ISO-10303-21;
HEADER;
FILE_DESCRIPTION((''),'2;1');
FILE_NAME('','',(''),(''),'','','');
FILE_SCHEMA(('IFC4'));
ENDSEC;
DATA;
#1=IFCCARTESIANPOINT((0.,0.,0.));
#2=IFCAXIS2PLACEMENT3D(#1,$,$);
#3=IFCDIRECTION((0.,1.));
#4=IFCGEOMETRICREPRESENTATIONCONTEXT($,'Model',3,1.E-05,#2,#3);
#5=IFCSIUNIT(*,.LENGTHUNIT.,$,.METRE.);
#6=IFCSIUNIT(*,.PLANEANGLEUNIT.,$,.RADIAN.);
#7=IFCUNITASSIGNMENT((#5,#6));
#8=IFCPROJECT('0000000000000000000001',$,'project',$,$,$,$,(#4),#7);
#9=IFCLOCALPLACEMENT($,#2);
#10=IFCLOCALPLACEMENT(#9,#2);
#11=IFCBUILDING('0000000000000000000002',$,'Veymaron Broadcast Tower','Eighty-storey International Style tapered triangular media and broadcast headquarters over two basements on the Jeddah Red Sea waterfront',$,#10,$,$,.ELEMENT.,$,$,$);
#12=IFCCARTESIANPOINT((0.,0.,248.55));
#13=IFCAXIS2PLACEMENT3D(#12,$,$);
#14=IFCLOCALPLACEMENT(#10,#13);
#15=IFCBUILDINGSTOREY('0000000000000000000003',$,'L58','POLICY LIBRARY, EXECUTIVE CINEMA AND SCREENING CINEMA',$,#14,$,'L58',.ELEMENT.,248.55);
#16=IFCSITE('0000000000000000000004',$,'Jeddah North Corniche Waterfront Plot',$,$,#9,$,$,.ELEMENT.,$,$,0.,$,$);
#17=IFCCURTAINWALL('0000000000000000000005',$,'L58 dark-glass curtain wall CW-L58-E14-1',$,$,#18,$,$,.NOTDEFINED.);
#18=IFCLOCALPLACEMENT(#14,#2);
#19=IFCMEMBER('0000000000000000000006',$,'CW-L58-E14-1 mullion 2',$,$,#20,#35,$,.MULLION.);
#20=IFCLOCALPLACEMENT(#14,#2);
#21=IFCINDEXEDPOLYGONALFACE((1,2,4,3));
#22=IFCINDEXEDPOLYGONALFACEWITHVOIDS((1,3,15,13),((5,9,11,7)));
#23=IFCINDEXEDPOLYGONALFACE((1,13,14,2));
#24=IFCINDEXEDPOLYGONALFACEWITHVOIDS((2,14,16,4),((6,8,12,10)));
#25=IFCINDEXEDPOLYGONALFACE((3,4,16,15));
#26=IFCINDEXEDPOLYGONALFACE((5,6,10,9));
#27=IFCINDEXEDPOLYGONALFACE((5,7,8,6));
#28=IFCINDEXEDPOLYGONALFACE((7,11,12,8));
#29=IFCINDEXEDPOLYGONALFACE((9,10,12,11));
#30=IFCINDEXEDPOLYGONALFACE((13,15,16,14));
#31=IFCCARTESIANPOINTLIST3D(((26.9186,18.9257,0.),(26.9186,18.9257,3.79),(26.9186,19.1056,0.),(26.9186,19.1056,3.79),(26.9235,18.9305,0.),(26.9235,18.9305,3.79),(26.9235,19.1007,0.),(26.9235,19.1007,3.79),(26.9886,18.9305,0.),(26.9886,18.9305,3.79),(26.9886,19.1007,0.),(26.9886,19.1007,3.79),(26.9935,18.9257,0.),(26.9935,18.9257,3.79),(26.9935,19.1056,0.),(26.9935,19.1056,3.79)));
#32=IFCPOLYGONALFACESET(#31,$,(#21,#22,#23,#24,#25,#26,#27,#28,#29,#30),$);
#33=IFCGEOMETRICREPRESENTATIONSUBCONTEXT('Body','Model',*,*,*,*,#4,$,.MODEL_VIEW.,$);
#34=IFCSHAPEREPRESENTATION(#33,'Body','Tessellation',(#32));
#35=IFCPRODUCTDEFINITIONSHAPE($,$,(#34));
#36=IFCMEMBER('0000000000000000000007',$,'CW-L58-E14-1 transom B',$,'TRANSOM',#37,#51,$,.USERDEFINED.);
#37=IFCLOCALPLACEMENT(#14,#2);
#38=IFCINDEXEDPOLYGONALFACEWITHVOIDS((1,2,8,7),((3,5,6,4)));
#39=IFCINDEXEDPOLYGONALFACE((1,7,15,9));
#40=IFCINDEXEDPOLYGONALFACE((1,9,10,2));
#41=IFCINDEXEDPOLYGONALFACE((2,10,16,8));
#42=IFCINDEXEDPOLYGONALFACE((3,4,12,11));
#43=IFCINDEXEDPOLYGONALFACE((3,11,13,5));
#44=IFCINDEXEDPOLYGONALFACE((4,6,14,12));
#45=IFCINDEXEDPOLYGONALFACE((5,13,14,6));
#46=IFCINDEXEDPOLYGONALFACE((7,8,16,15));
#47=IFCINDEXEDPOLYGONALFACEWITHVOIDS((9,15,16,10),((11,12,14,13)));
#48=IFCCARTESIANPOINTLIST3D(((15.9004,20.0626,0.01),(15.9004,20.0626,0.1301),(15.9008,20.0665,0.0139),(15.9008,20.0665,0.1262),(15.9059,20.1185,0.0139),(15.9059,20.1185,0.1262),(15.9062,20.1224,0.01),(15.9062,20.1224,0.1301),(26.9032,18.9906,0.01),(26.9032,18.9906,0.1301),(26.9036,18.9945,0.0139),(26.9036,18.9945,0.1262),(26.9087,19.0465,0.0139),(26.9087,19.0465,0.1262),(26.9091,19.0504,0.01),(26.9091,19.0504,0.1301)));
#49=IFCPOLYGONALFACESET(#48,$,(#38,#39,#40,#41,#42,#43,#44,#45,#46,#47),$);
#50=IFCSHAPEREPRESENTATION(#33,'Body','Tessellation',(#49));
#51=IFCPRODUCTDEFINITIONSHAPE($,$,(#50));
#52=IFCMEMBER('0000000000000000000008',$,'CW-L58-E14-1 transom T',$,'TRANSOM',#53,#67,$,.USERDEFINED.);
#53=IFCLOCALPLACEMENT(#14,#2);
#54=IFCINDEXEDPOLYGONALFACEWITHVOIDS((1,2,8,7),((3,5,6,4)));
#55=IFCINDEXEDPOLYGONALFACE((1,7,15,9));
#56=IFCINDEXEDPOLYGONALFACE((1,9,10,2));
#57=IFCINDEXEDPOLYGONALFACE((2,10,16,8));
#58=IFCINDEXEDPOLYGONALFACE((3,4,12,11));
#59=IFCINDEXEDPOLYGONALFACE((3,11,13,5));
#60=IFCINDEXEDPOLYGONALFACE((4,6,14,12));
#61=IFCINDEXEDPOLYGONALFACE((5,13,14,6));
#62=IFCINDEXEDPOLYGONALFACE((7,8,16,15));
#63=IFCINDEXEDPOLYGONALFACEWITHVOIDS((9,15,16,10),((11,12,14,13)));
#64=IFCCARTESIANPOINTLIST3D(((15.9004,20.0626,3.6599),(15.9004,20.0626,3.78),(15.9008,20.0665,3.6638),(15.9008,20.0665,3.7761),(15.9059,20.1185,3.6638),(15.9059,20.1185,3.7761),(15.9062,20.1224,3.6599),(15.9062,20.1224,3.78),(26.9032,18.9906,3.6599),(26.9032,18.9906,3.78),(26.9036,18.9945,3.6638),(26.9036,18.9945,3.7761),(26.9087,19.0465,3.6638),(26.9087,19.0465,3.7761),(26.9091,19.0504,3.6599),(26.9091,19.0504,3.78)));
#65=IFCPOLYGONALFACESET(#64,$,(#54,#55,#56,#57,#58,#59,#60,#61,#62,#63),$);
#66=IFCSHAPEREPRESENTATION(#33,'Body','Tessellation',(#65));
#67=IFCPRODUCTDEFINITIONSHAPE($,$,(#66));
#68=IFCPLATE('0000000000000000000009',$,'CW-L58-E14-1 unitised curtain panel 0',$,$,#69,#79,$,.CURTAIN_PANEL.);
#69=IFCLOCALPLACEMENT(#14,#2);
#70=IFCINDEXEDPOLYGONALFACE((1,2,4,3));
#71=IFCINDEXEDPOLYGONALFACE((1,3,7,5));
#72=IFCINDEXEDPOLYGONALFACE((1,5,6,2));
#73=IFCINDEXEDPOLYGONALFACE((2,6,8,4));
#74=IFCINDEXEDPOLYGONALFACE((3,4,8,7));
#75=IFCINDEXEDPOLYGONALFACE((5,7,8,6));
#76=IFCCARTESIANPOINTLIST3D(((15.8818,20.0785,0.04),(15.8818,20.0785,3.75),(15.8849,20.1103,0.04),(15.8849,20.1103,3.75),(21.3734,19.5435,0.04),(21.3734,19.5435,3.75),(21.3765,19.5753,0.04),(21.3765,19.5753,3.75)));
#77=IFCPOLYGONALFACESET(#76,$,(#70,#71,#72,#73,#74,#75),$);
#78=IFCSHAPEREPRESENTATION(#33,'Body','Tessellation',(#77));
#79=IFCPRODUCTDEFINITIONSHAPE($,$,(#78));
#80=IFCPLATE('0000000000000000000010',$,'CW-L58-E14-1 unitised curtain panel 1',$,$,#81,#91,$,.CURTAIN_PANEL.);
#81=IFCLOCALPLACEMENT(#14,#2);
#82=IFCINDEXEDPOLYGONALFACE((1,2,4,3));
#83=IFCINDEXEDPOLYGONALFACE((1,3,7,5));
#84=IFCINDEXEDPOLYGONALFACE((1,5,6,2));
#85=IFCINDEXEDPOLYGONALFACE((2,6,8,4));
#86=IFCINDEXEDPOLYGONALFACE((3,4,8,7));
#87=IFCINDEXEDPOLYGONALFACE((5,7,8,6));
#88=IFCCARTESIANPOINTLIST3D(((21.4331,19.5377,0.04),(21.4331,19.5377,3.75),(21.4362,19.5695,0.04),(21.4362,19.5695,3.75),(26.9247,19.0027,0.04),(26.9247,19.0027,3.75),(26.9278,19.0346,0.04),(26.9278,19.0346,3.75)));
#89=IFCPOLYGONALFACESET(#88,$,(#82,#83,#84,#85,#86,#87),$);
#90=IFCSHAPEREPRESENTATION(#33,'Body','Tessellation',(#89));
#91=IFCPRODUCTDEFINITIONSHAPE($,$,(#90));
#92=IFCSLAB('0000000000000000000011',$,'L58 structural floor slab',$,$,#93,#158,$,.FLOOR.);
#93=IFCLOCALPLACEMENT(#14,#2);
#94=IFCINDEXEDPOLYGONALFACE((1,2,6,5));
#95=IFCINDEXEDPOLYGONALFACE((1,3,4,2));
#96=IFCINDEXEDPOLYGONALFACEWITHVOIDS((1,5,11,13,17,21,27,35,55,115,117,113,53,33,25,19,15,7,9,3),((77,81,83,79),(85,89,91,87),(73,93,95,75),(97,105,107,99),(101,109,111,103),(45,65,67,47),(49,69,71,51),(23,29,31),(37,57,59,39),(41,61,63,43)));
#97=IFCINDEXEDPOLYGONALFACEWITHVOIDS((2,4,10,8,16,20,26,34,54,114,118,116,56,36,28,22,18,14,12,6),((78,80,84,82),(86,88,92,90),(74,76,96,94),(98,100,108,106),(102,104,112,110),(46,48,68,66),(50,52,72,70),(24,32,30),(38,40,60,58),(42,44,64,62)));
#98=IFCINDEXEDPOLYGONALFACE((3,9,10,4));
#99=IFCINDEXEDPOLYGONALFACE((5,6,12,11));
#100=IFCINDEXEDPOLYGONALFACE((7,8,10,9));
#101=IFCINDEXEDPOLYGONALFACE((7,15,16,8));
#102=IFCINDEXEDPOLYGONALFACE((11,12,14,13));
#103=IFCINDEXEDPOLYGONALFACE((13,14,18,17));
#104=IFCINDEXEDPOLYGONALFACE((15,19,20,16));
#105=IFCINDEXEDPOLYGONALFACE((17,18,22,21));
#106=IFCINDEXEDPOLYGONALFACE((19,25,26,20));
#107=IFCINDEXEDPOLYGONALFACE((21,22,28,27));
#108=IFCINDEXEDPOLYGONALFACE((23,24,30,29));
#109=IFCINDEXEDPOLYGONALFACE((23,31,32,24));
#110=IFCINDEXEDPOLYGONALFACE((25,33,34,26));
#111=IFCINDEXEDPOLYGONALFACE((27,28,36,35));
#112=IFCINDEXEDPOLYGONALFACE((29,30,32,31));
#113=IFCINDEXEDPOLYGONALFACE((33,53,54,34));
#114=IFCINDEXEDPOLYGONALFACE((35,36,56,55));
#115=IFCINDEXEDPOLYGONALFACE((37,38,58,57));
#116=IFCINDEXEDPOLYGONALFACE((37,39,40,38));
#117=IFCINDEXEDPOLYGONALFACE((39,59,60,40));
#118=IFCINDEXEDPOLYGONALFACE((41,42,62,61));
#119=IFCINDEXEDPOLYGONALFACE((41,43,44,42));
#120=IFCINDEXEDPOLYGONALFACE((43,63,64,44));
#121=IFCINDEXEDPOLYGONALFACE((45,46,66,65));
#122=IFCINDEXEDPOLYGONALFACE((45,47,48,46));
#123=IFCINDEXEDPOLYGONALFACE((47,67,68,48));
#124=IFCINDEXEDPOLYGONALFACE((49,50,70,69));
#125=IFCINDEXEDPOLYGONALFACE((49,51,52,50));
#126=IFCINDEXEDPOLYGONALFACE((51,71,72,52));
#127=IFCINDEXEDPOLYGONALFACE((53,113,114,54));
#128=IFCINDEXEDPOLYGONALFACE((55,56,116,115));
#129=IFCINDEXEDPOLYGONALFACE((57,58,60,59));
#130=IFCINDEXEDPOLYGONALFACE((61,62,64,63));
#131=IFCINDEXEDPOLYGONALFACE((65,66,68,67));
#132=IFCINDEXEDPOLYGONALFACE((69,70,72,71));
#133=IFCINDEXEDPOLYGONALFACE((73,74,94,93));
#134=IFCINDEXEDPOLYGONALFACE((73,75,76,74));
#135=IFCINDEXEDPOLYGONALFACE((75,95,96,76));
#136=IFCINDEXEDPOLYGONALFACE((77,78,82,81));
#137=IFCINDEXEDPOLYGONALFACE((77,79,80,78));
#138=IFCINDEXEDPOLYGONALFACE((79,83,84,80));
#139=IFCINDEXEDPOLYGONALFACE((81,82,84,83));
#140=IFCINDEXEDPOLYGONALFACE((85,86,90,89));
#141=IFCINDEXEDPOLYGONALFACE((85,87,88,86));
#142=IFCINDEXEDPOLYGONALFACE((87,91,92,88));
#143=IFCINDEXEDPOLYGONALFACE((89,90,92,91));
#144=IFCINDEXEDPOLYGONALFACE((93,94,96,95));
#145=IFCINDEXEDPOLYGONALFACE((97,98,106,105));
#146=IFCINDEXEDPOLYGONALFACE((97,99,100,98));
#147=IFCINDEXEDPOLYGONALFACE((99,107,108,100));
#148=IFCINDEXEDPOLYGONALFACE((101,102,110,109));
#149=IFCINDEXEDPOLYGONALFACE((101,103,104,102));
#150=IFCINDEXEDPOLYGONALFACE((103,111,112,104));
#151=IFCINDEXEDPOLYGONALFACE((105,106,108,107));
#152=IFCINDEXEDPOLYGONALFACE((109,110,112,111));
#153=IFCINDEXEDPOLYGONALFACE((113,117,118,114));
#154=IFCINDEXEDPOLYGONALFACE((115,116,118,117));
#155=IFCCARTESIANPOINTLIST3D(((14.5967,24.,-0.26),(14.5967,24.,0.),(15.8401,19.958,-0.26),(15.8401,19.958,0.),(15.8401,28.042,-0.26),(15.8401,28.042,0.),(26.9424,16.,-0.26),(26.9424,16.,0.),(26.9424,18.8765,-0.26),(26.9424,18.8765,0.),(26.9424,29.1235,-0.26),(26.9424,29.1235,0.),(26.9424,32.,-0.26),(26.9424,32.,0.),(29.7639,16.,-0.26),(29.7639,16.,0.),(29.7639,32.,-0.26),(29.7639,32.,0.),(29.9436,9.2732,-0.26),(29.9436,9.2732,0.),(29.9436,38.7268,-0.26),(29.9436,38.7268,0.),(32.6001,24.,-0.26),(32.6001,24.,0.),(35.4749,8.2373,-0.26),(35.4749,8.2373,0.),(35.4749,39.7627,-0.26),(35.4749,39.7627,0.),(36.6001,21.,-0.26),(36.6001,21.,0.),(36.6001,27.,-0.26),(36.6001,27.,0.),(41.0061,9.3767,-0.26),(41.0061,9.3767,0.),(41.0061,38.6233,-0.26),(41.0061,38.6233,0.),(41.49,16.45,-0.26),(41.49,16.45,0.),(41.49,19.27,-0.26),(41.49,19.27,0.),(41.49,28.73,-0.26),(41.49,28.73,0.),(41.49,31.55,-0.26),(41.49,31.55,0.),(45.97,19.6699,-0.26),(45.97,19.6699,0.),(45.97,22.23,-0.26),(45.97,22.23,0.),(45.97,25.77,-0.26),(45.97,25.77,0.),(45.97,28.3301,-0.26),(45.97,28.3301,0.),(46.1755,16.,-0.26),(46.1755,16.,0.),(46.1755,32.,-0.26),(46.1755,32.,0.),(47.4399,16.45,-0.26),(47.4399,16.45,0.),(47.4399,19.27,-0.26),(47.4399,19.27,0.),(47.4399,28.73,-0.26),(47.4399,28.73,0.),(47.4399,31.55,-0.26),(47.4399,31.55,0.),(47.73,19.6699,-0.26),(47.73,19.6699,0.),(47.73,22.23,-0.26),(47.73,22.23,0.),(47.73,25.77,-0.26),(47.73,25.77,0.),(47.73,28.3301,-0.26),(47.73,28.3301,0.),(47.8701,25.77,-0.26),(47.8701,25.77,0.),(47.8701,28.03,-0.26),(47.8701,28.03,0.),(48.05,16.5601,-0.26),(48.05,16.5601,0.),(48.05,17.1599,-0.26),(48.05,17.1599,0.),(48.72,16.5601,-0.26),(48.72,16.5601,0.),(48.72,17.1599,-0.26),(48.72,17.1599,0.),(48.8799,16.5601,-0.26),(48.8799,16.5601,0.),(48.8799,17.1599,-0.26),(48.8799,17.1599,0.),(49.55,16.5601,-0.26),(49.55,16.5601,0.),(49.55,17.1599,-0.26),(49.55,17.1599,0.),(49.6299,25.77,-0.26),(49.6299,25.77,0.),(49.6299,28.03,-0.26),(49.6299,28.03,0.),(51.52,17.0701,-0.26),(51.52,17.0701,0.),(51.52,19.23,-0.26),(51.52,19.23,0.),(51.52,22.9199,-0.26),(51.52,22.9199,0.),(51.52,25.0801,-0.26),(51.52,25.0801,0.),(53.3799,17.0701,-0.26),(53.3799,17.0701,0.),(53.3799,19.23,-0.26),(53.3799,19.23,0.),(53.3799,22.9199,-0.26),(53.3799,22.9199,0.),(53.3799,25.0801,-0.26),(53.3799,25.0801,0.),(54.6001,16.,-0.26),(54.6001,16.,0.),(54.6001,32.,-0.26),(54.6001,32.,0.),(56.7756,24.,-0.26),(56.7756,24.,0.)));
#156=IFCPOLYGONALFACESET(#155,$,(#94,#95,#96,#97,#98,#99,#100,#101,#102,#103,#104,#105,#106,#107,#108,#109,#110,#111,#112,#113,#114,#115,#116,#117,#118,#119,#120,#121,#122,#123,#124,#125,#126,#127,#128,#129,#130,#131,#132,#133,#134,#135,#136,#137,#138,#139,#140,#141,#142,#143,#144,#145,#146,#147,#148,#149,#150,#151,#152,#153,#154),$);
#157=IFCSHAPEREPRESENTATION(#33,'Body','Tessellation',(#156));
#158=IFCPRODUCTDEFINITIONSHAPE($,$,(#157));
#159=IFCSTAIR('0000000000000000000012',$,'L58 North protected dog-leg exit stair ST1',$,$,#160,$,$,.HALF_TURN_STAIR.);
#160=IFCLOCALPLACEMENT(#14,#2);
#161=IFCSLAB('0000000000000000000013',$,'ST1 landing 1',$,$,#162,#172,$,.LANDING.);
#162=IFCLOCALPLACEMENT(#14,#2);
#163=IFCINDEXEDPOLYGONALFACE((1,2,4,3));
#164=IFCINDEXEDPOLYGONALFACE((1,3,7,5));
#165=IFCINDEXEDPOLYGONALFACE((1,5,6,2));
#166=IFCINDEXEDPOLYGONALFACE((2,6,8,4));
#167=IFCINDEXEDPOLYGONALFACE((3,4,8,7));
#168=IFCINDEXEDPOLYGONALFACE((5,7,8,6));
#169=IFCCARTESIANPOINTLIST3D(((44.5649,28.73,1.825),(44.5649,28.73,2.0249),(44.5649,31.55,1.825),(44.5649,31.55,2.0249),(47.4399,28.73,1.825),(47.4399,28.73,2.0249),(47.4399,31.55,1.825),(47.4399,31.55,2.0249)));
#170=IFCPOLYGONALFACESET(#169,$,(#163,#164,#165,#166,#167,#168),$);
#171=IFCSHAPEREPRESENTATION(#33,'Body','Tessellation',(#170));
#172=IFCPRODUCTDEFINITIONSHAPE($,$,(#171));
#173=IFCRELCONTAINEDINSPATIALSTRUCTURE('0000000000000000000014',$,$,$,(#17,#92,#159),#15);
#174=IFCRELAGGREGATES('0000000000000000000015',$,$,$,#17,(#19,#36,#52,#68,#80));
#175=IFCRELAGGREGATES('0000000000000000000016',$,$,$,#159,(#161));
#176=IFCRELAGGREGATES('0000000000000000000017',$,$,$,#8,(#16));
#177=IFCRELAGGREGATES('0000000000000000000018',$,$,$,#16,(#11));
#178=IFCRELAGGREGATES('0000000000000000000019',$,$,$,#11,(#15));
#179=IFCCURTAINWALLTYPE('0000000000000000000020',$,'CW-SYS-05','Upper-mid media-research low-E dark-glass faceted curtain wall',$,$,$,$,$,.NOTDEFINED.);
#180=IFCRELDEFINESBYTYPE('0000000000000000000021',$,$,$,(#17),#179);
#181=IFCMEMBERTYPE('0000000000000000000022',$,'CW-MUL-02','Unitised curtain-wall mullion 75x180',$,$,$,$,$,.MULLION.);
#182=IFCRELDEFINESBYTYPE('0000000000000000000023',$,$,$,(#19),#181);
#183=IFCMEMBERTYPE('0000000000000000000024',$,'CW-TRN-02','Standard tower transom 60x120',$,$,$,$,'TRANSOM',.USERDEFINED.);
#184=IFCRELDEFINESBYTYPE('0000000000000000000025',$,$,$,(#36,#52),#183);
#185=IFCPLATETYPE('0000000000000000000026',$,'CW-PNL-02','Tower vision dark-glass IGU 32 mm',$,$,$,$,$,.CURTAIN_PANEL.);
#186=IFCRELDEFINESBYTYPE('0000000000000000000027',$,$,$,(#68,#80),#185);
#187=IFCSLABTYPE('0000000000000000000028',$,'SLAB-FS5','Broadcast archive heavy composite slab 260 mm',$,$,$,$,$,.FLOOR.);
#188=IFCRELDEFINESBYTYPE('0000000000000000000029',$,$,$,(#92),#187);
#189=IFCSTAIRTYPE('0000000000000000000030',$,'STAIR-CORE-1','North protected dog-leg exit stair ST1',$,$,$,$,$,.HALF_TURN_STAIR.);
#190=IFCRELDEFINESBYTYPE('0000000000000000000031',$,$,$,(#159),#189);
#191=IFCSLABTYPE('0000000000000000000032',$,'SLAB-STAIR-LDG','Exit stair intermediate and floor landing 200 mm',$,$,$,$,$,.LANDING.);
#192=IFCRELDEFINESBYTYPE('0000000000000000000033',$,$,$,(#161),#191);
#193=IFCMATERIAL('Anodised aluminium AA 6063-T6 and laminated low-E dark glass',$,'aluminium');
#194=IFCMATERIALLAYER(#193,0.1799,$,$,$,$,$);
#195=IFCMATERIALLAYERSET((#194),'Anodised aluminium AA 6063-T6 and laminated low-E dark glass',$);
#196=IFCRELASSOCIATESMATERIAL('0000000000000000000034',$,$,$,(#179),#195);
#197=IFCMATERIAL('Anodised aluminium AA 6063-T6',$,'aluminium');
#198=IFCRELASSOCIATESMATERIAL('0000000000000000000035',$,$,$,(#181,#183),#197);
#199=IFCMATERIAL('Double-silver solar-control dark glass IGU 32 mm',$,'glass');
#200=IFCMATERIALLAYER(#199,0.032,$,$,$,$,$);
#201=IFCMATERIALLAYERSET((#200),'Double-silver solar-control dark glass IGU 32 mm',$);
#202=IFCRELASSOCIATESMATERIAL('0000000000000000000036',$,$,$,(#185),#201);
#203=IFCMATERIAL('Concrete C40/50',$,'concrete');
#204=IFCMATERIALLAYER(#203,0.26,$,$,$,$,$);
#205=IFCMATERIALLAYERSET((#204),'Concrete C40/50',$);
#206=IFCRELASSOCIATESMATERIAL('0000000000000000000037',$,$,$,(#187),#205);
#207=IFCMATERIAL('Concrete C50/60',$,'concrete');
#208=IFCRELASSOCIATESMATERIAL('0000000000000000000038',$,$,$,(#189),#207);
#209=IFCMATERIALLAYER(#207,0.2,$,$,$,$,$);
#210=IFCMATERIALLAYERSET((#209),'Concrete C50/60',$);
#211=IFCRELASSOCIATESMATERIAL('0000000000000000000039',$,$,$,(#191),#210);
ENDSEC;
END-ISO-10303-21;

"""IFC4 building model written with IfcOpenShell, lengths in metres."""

from ifc_helpers import new_model, si_unit, direction, frame, origin, origin_2d, place, context, subcontext, project, spatial, polyline, rectangle, hollow_rectangle, outline, extrude, material, layer, layer_set, material_profile, profile_set, type_object, element, aggregate, save


model = new_model("IFC4")

# Units and contexts
model_context = context("Model", 3, precision=1e-05, world=origin(), true_north=direction((0.0, 1.0)))
body_context = subcontext(model_context, "Body", "Model", "MODEL_VIEW")
ifc_project = project(units=[si_unit("LENGTHUNIT", "METRE"), si_unit("PLANEANGLEUNIT", "RADIAN")], contexts=[model_context])

# Site, building, storey
site_placement = place(None, origin())
site = spatial("IfcSite", under=ifc_project, at=site_placement, Name="Jeddah North Corniche Waterfront Plot", CompositionType="ELEMENT", RefElevation=0.0)
building_placement = place(site_placement, origin())
building = spatial("IfcBuilding", under=site, at=building_placement, Name="Veymaron Broadcast Tower", Description="Eighty-storey International Style tapered triangular media and broadcast headquarters over two basements on the Jeddah Red Sea waterfront", CompositionType="ELEMENT")
storey_placement = place(building_placement, frame((0.0, 0.0, 248.55)))
storey = spatial("IfcBuildingStorey", under=building, at=storey_placement, Name="L58", Description="POLICY LIBRARY, EXECUTIVE CINEMA AND SCREENING CINEMA", LongName="L58", CompositionType="ELEMENT", Elevation=248.55)

# Curtain wall, members, plates
ifc_material_1 = material(Name="Anodised aluminium AA 6063-T6 and laminated low-E dark glass", Category="aluminium")
ifc_layer_1 = layer(ifc_material_1, 0.1799)
ifc_layer_set_1 = layer_set([ifc_layer_1], Name="Anodised aluminium AA 6063-T6 and laminated low-E dark glass")
curtain_wall_type = type_object("IfcCurtainWallType", Name="CW-SYS-05", Description="Upper-mid media-research low-E dark-glass faceted curtain wall", PredefinedType="NOTDEFINED", material=ifc_layer_set_1)
curtain_wall_placement = place(storey_placement, origin())
curtain_wall = element("IfcCurtainWall", 1, at=curtain_wall_placement, inside=storey, type_object=curtain_wall_type, Name="L58 dark-glass curtain wall CW-L58-E14-1", PredefinedType="NOTDEFINED")
ifc_material_2 = material(Name="Anodised aluminium AA 6063-T6", Category="aluminium")
ifc_material_profile_1 = material_profile(ifc_material_2, hollow_rectangle(XDim=0.075, YDim=0.1799, WallThickness=0.0049, at=origin_2d()), Name="AL180X75X5")
ifc_profile_set_1 = profile_set([ifc_material_profile_1], Name="Anodised aluminium AA 6063-T6")
member_type_1 = type_object("IfcMemberType", Name="CW-MUL-02", Description="Unitised curtain-wall mullion 75x180", PredefinedType="MULLION", material=ifc_profile_set_1)
member_1_placement = place(storey_placement, frame((26.9561, 19.0156, 0.0), z_axis=(0.0, 0.0, 1.0), x_axis=(1.0, 0.0, 0.0)))
member_1 = element("IfcMember", 2, at=member_1_placement, type_object=member_type_1, Name="CW-L58-E14-1 mullion 2", PredefinedType="MULLION", context=body_context, shape_type="SweptSolid", body=[
    extrude(hollow_rectangle(XDim=0.075, YDim=0.1799, WallThickness=0.0049, at=origin_2d()), origin(), (0.0, 0.0, 1.0), 3.79),
])
ifc_material_profile_2 = material_profile(ifc_material_2, hollow_rectangle(XDim=0.0601, YDim=0.1201, WallThickness=0.0039, at=origin_2d()), Name="AL120X60X4")
ifc_profile_set_2 = profile_set([ifc_material_profile_2], Name="Anodised aluminium AA 6063-T6")
member_type_2 = type_object("IfcMemberType", Name="CW-TRN-02", Description="Standard tower transom 60x120", ElementType="TRANSOM", PredefinedType="USERDEFINED", material=ifc_profile_set_2)
member_2_placement = place(storey_placement, frame((15.9033, 20.0925, 0.0701), z_axis=(0.995287, -0.096971, 0.0), x_axis=(0.096971, 0.995287, 0.0)))
member_2 = element("IfcMember", 3, at=member_2_placement, type_object=member_type_2, Name="CW-L58-E14-1 transom B", ObjectType="TRANSOM", PredefinedType="USERDEFINED", context=body_context, shape_type="SweptSolid", body=[
    extrude(hollow_rectangle(XDim=0.0601, YDim=0.1201, WallThickness=0.0039, at=origin_2d()), origin(), (0.0, 0.0, 1.0), 11.0549),
])
member_3_placement = place(storey_placement, frame((15.9033, 20.0925, 3.72), z_axis=(0.995287, -0.096971, 0.0), x_axis=(0.096971, 0.995287, 0.0)))
member_3 = element("IfcMember", 4, at=member_3_placement, type_object=member_type_2, Name="CW-L58-E14-1 transom T", ObjectType="TRANSOM", PredefinedType="USERDEFINED", context=body_context, shape_type="SweptSolid", body=[
    extrude(hollow_rectangle(XDim=0.0601, YDim=0.1201, WallThickness=0.0039, at=origin_2d()), origin(), (0.0, 0.0, 1.0), 11.0549),
])
ifc_material_3 = material(Name="Double-silver solar-control dark glass IGU 32 mm", Category="glass")
ifc_layer_2 = layer(ifc_material_3, 0.032)
ifc_layer_set_2 = layer_set([ifc_layer_2], Name="Double-silver solar-control dark glass IGU 32 mm")
plate_type = type_object("IfcPlateType", Name="CW-PNL-02", Description="Tower vision dark-glass IGU 32 mm", PredefinedType="CURTAIN_PANEL", material=ifc_layer_set_2)
plate_1_placement = place(storey_placement, frame((18.6292, 19.8269, 0.04), z_axis=(0.0, 0.0, 1.0), x_axis=(0.995289, -0.096958, 0.0)))
plate_1 = element("IfcPlate", 5, at=plate_1_placement, type_object=plate_type, Name="CW-L58-E14-1 unitised curtain panel 0", PredefinedType="CURTAIN_PANEL", context=body_context, shape_type="SweptSolid", body=[
    extrude(rectangle(XDim=5.5176, YDim=0.032, at=origin_2d()), origin(), (0.0, 0.0, 1.0), 3.71),
])
plate_2_placement = place(storey_placement, frame((24.1804, 19.2861, 0.04), z_axis=(0.0, 0.0, 1.0), x_axis=(0.995289, -0.096958, 0.0)))
plate_2 = element("IfcPlate", 6, at=plate_2_placement, type_object=plate_type, Name="CW-L58-E14-1 unitised curtain panel 1", PredefinedType="CURTAIN_PANEL", context=body_context, shape_type="SweptSolid", body=[
    extrude(rectangle(XDim=5.5176, YDim=0.032, at=origin_2d()), origin(), (0.0, 0.0, 1.0), 3.71),
])
aggregate(curtain_wall, [member_1, member_2, member_3, plate_1, plate_2])

# Slab
ifc_material_4 = material(Name="Concrete C40/50", Category="concrete")
ifc_layer_3 = layer(ifc_material_4, 0.26)
ifc_layer_set_3 = layer_set([ifc_layer_3], Name="Concrete C40/50")
slab_type_1 = type_object("IfcSlabType", Name="SLAB-FS5", Description="Broadcast archive heavy composite slab 260 mm", PredefinedType="FLOOR", material=ifc_layer_set_3)
slab_1_placement = place(storey_placement, frame((0.0, 0.0, -0.26)))
element("IfcSlab", 7, at=slab_1_placement, inside=storey, type_object=slab_type_1, Name="L58 structural floor slab", PredefinedType="FLOOR", context=body_context, shape_type="SweptSolid", body=[
    extrude(outline(polyline([(46.1755, 16.0), (54.6001, 16.0), (56.7756, 24.0), (54.6001, 32.0), (46.1755, 32.0), (41.0061, 38.6233), (35.4749, 39.7627), (29.9436, 38.7268), (29.7639, 32.0), (26.9424, 32.0), (26.9424, 29.1235), (15.8401, 28.042), (14.5967, 24.0), (15.8401, 19.958), (26.9424, 18.8765), (26.9424, 16.0), (29.7639, 16.0), (29.9436, 9.2732), (35.4749, 8.2373), (41.0061, 9.3767), (46.1755, 16.0)]), holes=[polyline([(45.97, 28.3301), (47.73, 28.3301), (47.73, 25.77), (45.97, 25.77), (45.97, 28.3301)]), polyline([(45.97, 22.23), (47.73, 22.23), (47.73, 19.6699), (45.97, 19.6699), (45.97, 22.23)]), polyline([(47.8701, 28.03), (49.6299, 28.03), (49.6299, 25.77), (47.8701, 25.77), (47.8701, 28.03)]), polyline([(51.52, 25.0801), (53.3799, 25.0801), (53.3799, 22.9199), (51.52, 22.9199), (51.52, 25.0801)]), polyline([(51.52, 19.23), (53.3799, 19.23), (53.3799, 17.0701), (51.52, 17.0701), (51.52, 19.23)]), polyline([(48.05, 17.1599), (48.72, 17.1599), (48.72, 16.5601), (48.05, 16.5601), (48.05, 17.1599)]), polyline([(48.8799, 17.1599), (49.55, 17.1599), (49.55, 16.5601), (48.8799, 16.5601), (48.8799, 17.1599)]), polyline([(36.6001, 27.0), (36.6001, 21.0), (32.6001, 24.0), (36.6001, 27.0)]), polyline([(41.49, 31.55), (47.4399, 31.55), (47.4399, 28.73), (41.49, 28.73), (41.49, 31.55)]), polyline([(41.49, 19.27), (47.4399, 19.27), (47.4399, 16.45), (41.49, 16.45), (41.49, 19.27)])]), origin(), (0.0, 0.0, 1.0), 0.26),
])

# Stair, slab
ifc_material_5 = material(Name="Concrete C50/60", Category="concrete")
stair_type_1 = type_object("IfcStairType", Name="STAIR-CORE-1", Description="North protected dog-leg exit stair ST1", PredefinedType="HALF_TURN_STAIR", material=ifc_material_5)
stair_1_placement = place(storey_placement, origin())
stair_1 = element("IfcStair", 8, at=stair_1_placement, inside=storey, type_object=stair_type_1, Name="L58 North protected dog-leg exit stair ST1", PredefinedType="HALF_TURN_STAIR")
ifc_layer_4 = layer(ifc_material_5, 0.2)
ifc_layer_set_4 = layer_set([ifc_layer_4], Name="Concrete C50/60")
slab_type_2 = type_object("IfcSlabType", Name="SLAB-STAIR-LDG", Description="Exit stair intermediate and floor landing 200 mm", PredefinedType="LANDING", material=ifc_layer_set_4)
slab_2_placement = place(storey_placement, frame((0.0, 0.0, 1.825)))
slab_2 = element("IfcSlab", 9, at=slab_2_placement, type_object=slab_type_2, Name="ST1 landing 1", PredefinedType="LANDING", context=body_context, shape_type="SweptSolid", body=[
    extrude(outline(polyline([(44.5649, 28.73), (47.4399, 28.73), (47.4399, 31.55), (44.5649, 31.55), (44.5649, 28.73)])), origin(), (0.0, 0.0, 1.0), 0.2),
])
aggregate(stair_1, [slab_2])

save(model, "model.ifc")
